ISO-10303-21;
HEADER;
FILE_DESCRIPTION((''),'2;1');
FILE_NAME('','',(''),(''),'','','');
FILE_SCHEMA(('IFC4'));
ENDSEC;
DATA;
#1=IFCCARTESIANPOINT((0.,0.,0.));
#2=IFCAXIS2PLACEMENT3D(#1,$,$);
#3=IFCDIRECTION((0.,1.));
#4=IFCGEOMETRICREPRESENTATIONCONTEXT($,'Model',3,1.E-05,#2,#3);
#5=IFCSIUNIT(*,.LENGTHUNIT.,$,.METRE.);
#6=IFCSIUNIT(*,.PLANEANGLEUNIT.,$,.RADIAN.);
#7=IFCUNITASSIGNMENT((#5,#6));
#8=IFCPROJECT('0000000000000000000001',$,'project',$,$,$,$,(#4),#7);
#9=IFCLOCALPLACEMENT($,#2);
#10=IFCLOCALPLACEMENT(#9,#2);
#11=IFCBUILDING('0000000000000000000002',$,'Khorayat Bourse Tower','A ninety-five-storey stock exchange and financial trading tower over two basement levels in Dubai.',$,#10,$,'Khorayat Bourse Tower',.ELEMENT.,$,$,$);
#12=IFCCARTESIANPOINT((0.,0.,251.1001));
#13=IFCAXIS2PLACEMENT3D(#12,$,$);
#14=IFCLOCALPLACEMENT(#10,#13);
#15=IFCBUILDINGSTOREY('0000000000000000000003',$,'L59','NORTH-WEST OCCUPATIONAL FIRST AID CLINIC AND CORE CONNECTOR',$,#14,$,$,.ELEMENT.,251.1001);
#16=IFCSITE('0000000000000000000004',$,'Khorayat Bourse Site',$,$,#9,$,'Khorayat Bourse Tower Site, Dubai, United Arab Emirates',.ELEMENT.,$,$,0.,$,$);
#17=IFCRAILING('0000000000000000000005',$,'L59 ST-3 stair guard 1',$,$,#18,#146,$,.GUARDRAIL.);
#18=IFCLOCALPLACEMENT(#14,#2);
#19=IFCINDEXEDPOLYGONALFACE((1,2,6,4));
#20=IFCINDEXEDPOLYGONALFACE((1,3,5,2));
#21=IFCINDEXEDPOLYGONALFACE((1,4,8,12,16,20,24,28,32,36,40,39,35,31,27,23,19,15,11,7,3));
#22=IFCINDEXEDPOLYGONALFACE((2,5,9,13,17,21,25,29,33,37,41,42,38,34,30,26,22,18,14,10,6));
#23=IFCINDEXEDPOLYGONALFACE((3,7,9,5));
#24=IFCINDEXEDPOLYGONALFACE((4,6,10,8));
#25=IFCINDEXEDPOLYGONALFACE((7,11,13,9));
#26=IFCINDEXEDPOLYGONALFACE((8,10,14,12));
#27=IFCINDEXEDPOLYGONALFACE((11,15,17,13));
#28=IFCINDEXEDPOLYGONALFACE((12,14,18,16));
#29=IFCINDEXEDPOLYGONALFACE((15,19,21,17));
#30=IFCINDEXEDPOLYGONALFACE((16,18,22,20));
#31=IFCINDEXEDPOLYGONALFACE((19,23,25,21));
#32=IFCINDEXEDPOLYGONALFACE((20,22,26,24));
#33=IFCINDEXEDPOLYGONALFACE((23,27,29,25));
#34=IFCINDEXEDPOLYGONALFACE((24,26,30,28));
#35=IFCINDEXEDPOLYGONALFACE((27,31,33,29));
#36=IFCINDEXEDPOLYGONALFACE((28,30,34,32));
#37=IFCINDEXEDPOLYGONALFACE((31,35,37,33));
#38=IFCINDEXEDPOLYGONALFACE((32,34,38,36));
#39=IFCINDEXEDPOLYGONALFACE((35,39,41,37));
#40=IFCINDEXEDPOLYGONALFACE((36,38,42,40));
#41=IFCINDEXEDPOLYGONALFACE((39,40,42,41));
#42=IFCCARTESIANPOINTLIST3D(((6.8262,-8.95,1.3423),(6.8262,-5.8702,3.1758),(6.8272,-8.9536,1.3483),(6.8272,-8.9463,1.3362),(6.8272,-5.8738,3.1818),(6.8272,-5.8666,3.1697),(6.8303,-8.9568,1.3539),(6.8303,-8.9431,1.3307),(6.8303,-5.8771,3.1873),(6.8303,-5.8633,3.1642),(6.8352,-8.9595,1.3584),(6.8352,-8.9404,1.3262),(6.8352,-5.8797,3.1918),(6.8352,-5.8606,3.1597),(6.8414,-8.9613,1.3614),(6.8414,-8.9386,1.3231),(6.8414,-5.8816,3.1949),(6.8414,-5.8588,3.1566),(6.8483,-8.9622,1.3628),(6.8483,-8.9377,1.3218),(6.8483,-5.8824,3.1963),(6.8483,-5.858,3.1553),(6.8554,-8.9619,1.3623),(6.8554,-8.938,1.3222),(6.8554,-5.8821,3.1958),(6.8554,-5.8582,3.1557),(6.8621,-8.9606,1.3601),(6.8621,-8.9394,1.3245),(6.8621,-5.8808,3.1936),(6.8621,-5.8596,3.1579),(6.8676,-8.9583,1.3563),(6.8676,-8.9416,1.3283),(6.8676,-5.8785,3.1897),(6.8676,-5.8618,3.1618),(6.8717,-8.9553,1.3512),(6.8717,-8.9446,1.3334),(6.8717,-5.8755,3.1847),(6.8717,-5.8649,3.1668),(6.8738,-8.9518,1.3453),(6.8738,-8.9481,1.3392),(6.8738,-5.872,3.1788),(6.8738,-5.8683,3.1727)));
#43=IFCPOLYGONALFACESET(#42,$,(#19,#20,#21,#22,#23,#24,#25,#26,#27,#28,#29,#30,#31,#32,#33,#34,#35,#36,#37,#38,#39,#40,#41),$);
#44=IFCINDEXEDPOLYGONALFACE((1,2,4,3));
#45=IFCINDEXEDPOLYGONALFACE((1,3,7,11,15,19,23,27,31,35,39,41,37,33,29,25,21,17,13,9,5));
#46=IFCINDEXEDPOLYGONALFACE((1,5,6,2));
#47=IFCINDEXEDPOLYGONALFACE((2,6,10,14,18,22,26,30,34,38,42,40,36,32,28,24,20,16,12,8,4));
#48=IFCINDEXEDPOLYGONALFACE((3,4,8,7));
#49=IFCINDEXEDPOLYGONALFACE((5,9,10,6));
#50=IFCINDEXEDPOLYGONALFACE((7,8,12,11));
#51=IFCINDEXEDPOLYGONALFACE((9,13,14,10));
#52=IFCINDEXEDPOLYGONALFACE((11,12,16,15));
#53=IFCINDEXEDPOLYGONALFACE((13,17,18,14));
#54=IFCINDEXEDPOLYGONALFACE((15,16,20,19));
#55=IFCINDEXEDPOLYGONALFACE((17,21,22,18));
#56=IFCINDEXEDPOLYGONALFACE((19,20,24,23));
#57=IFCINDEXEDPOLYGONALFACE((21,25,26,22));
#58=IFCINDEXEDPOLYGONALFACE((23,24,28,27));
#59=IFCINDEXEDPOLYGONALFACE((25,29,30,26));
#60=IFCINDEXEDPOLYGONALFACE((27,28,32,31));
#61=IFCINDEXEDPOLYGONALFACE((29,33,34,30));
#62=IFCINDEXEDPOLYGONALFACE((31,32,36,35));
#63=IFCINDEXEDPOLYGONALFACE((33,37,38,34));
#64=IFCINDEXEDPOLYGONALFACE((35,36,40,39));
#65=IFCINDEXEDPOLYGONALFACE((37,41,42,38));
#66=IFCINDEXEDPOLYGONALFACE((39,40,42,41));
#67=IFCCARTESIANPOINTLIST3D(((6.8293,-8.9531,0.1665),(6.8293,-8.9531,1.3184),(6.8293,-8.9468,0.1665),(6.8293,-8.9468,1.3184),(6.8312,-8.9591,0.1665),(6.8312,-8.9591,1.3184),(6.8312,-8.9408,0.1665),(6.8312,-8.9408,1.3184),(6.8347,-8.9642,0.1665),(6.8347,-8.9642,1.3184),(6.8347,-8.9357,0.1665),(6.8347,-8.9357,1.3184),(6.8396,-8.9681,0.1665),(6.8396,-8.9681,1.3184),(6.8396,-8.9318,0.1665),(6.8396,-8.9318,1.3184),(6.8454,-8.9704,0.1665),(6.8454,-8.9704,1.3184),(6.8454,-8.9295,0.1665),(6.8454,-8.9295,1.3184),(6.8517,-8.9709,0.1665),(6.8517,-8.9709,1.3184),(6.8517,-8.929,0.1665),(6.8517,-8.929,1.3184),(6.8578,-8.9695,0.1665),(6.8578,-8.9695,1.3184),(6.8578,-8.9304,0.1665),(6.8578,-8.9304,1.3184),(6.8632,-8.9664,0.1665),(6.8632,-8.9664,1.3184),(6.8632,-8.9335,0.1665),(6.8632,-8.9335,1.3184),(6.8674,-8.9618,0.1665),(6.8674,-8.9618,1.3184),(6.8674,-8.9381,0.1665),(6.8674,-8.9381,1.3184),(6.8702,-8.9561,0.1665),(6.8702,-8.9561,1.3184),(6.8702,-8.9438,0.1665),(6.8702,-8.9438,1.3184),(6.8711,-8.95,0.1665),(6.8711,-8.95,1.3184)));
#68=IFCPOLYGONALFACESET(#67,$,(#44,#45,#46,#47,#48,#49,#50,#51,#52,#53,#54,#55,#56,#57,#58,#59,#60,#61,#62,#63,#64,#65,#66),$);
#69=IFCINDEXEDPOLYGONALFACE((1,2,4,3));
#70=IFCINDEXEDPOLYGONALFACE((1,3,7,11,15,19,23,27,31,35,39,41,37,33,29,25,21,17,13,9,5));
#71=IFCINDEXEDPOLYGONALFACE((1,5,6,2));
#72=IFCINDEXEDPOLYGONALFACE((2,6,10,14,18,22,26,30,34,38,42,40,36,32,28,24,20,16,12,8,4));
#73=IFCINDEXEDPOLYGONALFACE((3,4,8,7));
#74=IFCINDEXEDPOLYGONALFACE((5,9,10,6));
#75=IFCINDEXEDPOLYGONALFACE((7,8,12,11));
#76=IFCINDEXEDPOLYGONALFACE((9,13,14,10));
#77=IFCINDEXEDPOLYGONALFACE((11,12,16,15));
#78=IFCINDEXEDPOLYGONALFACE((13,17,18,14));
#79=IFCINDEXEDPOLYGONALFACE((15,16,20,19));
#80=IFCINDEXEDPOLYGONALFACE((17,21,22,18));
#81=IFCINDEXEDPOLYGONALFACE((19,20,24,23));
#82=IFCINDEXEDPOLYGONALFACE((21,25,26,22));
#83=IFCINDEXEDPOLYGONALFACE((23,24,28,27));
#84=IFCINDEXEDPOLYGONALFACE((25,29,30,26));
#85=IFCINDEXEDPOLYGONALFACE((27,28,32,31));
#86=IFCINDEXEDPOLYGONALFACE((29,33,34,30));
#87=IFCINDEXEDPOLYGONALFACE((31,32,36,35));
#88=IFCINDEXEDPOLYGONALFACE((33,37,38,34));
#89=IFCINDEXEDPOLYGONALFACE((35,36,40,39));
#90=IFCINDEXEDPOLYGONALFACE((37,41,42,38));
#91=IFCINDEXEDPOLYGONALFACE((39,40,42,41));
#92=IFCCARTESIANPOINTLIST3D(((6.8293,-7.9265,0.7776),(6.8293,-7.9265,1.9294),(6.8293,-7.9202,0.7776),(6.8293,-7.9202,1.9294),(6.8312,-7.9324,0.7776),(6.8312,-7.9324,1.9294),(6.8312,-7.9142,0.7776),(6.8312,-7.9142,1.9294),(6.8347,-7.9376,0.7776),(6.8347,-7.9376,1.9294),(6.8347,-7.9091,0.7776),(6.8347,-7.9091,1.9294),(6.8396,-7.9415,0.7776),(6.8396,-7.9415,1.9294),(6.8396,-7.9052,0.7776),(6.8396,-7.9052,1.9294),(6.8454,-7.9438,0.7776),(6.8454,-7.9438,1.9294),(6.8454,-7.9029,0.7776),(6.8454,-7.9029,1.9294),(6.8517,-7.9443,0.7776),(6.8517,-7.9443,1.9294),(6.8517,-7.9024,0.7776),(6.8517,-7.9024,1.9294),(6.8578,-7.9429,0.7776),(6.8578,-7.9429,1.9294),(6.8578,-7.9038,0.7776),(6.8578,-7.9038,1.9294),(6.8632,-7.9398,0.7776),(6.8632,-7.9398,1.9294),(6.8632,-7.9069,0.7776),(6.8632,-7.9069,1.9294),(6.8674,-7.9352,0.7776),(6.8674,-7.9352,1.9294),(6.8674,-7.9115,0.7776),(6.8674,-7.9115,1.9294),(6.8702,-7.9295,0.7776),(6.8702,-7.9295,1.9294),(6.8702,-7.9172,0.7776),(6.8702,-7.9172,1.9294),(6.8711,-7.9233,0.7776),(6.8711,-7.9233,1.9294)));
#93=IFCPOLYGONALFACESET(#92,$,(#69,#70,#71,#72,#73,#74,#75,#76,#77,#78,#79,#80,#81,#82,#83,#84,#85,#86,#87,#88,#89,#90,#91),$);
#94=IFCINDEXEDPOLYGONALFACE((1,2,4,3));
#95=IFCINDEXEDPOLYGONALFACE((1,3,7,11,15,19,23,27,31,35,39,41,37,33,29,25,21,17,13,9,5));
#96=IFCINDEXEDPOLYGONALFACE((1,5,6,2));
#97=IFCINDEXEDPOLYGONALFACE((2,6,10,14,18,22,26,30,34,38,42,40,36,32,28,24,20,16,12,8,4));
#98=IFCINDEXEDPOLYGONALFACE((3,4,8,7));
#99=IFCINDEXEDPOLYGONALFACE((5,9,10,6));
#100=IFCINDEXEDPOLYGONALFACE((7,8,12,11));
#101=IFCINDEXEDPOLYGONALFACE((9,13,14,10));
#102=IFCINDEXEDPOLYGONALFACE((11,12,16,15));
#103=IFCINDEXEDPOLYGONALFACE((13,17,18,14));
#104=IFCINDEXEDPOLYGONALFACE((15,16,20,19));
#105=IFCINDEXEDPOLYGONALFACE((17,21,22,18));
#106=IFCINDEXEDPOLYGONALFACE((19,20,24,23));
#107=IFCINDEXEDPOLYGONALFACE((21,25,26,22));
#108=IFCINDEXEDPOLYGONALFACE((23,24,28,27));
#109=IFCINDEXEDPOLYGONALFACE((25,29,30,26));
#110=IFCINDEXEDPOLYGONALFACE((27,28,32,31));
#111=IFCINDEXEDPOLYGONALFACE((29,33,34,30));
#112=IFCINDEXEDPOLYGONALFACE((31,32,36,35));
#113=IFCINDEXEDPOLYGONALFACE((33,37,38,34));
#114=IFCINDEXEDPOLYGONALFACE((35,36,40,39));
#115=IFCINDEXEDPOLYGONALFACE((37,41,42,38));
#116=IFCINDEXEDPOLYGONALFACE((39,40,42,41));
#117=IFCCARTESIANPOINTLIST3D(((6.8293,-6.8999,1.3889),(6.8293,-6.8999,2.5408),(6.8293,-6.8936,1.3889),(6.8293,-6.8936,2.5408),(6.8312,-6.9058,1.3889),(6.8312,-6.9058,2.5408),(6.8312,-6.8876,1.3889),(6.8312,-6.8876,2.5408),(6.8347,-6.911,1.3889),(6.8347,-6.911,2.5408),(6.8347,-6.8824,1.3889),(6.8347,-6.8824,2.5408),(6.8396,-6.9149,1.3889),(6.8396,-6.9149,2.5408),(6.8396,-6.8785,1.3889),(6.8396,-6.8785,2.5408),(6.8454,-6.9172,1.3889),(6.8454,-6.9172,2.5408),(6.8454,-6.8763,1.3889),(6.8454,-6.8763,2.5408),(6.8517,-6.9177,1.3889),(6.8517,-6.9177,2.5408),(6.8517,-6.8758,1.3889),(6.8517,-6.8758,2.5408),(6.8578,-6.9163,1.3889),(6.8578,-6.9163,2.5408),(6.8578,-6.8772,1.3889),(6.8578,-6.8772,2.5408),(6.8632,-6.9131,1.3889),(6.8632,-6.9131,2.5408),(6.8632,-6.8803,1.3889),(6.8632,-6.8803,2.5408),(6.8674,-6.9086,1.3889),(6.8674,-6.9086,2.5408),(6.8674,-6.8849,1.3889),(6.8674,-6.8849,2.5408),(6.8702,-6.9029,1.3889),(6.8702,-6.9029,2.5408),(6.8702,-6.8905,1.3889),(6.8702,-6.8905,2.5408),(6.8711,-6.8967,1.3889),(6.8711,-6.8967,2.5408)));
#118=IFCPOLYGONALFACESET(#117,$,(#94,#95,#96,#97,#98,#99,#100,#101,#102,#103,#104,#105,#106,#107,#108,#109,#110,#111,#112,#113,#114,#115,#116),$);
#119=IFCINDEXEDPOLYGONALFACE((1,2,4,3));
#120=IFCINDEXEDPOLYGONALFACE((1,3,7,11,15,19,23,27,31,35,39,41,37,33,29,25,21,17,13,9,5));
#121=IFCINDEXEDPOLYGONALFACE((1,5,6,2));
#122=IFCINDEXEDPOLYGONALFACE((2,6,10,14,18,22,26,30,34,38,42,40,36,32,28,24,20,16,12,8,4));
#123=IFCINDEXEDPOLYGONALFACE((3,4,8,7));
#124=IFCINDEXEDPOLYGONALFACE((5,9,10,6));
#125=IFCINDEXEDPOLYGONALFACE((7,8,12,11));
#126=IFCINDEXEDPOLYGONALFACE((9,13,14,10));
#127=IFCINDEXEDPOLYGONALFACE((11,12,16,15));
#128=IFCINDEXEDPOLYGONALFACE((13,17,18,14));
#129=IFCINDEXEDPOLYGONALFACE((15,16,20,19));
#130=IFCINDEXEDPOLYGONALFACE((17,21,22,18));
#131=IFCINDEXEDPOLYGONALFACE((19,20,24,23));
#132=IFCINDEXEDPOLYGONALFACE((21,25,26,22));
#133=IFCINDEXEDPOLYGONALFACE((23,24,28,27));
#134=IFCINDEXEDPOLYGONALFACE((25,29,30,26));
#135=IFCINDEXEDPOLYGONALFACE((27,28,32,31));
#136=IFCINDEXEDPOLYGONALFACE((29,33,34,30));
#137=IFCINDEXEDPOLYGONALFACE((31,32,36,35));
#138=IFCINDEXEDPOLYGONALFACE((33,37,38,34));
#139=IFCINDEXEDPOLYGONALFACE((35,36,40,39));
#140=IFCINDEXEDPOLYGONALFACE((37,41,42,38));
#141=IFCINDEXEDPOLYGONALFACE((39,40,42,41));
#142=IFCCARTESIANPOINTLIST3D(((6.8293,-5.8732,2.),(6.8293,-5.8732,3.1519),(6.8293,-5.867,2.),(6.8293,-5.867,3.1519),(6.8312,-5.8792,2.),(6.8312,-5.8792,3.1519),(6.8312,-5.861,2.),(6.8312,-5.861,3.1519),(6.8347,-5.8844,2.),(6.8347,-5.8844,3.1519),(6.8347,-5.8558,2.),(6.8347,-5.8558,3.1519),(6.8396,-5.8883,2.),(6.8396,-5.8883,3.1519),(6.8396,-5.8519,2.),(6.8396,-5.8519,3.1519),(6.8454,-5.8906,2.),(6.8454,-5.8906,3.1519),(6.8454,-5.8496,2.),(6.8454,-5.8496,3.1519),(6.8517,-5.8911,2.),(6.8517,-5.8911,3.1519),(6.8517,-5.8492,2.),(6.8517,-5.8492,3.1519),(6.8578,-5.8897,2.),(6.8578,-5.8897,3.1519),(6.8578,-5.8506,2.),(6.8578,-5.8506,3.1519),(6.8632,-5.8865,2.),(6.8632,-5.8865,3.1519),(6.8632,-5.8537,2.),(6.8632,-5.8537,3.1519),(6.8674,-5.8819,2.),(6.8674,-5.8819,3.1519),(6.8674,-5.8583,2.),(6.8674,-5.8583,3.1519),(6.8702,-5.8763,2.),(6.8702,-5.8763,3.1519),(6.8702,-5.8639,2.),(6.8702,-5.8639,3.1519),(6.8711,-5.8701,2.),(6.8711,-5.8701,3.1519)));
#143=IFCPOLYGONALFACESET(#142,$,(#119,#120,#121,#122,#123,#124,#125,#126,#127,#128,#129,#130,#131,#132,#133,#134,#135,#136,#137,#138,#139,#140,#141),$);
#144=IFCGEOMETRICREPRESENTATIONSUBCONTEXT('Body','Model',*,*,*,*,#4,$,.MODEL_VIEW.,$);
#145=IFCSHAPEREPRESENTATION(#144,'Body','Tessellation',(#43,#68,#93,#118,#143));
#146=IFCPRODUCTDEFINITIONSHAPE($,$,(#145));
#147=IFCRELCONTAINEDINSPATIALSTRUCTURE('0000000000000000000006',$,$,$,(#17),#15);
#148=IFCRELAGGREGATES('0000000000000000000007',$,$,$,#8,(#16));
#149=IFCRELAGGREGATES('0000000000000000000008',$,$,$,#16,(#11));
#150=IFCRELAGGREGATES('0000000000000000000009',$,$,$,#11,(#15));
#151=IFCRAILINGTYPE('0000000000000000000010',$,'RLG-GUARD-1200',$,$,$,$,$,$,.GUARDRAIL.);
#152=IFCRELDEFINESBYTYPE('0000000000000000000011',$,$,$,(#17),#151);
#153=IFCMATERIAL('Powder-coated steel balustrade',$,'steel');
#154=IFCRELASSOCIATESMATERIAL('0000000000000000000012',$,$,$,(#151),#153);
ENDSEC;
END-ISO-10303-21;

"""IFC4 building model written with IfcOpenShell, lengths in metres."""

from ifc_helpers import new_model, si_unit, direction, frame, origin, origin_2d, place, context, subcontext, project, spatial, circle, extrude, source, transform, mapped, material, type_object, element, save


model = new_model("IFC4")

# Units and contexts
model_context = context("Model", 3, precision=1e-05, world=origin(), true_north=direction((0.0, 1.0)))
body_context = subcontext(model_context, "Body", "Model", "MODEL_VIEW")
ifc_project = project(units=[si_unit("LENGTHUNIT", "METRE"), si_unit("PLANEANGLEUNIT", "RADIAN")], contexts=[model_context])

# Site, building, storey
site_placement = place(None, origin())
site = spatial("IfcSite", under=ifc_project, at=site_placement, Name="Khorayat Bourse Site", LongName="Khorayat Bourse Tower Site, Dubai, United Arab Emirates", CompositionType="ELEMENT", RefElevation=0.0)
building_placement = place(site_placement, origin())
building = spatial("IfcBuilding", under=site, at=building_placement, Name="Khorayat Bourse Tower", Description="A ninety-five-storey stock exchange and financial trading tower over two basement levels in Dubai.", LongName="Khorayat Bourse Tower", CompositionType="ELEMENT")
storey_placement = place(building_placement, frame((0.0, 0.0, 251.1001)))
storey = spatial("IfcBuildingStorey", under=building, at=storey_placement, Name="L59", Description="NORTH-WEST OCCUPATIONAL FIRST AID CLINIC AND CORE CONNECTOR", CompositionType="ELEMENT", Elevation=251.1001)

# Railing
ifc_material_1 = material(Name="Powder-coated steel balustrade", Category="steel")
railing_type_1 = type_object("IfcRailingType", Name="RLG-GUARD-1200", PredefinedType="GUARDRAIL", material=ifc_material_1)
shared_shape_1 = source(origin(), body_context, "Body", "SweptSolid", [
    extrude(circle(Radius=0.0239, at=origin_2d()), frame((0.0, 0.0, 1.1758), z_axis=(0.0, 0.859261, 0.511538), x_axis=(-1.0, 0.0, 0.0)), (0.0, 0.0, 1.0), 3.5842),
    extrude(circle(Radius=0.021, at=origin_2d()), origin(), (0.0, 0.0, 1.0), 1.1519),
    extrude(circle(Radius=0.021, at=origin_2d()), frame((0.0, 1.0266, 0.6111)), (0.0, 0.0, 1.0), 1.1519),
    extrude(circle(Radius=0.021, at=origin_2d()), frame((0.0, 2.0532, 1.2224)), (0.0, 0.0, 1.0), 1.1519),
    extrude(circle(Radius=0.021, at=origin_2d()), frame((0.0, 3.0798, 1.8335)), (0.0, 0.0, 1.0), 1.1519),
])
railing_1_placement = place(storey_placement, frame((6.8501, -8.95, 0.1665)))
element("IfcRailing", 1, at=railing_1_placement, inside=storey, type_object=railing_type_1, Name="L59 ST-3 stair guard 1", PredefinedType="GUARDRAIL", context=body_context, shape_type="MappedRepresentation", body=[
    mapped(shared_shape_1, transform((0.0, 0.0, 0.0), scale=1.0)),
])

save(model, "model.ifc")
